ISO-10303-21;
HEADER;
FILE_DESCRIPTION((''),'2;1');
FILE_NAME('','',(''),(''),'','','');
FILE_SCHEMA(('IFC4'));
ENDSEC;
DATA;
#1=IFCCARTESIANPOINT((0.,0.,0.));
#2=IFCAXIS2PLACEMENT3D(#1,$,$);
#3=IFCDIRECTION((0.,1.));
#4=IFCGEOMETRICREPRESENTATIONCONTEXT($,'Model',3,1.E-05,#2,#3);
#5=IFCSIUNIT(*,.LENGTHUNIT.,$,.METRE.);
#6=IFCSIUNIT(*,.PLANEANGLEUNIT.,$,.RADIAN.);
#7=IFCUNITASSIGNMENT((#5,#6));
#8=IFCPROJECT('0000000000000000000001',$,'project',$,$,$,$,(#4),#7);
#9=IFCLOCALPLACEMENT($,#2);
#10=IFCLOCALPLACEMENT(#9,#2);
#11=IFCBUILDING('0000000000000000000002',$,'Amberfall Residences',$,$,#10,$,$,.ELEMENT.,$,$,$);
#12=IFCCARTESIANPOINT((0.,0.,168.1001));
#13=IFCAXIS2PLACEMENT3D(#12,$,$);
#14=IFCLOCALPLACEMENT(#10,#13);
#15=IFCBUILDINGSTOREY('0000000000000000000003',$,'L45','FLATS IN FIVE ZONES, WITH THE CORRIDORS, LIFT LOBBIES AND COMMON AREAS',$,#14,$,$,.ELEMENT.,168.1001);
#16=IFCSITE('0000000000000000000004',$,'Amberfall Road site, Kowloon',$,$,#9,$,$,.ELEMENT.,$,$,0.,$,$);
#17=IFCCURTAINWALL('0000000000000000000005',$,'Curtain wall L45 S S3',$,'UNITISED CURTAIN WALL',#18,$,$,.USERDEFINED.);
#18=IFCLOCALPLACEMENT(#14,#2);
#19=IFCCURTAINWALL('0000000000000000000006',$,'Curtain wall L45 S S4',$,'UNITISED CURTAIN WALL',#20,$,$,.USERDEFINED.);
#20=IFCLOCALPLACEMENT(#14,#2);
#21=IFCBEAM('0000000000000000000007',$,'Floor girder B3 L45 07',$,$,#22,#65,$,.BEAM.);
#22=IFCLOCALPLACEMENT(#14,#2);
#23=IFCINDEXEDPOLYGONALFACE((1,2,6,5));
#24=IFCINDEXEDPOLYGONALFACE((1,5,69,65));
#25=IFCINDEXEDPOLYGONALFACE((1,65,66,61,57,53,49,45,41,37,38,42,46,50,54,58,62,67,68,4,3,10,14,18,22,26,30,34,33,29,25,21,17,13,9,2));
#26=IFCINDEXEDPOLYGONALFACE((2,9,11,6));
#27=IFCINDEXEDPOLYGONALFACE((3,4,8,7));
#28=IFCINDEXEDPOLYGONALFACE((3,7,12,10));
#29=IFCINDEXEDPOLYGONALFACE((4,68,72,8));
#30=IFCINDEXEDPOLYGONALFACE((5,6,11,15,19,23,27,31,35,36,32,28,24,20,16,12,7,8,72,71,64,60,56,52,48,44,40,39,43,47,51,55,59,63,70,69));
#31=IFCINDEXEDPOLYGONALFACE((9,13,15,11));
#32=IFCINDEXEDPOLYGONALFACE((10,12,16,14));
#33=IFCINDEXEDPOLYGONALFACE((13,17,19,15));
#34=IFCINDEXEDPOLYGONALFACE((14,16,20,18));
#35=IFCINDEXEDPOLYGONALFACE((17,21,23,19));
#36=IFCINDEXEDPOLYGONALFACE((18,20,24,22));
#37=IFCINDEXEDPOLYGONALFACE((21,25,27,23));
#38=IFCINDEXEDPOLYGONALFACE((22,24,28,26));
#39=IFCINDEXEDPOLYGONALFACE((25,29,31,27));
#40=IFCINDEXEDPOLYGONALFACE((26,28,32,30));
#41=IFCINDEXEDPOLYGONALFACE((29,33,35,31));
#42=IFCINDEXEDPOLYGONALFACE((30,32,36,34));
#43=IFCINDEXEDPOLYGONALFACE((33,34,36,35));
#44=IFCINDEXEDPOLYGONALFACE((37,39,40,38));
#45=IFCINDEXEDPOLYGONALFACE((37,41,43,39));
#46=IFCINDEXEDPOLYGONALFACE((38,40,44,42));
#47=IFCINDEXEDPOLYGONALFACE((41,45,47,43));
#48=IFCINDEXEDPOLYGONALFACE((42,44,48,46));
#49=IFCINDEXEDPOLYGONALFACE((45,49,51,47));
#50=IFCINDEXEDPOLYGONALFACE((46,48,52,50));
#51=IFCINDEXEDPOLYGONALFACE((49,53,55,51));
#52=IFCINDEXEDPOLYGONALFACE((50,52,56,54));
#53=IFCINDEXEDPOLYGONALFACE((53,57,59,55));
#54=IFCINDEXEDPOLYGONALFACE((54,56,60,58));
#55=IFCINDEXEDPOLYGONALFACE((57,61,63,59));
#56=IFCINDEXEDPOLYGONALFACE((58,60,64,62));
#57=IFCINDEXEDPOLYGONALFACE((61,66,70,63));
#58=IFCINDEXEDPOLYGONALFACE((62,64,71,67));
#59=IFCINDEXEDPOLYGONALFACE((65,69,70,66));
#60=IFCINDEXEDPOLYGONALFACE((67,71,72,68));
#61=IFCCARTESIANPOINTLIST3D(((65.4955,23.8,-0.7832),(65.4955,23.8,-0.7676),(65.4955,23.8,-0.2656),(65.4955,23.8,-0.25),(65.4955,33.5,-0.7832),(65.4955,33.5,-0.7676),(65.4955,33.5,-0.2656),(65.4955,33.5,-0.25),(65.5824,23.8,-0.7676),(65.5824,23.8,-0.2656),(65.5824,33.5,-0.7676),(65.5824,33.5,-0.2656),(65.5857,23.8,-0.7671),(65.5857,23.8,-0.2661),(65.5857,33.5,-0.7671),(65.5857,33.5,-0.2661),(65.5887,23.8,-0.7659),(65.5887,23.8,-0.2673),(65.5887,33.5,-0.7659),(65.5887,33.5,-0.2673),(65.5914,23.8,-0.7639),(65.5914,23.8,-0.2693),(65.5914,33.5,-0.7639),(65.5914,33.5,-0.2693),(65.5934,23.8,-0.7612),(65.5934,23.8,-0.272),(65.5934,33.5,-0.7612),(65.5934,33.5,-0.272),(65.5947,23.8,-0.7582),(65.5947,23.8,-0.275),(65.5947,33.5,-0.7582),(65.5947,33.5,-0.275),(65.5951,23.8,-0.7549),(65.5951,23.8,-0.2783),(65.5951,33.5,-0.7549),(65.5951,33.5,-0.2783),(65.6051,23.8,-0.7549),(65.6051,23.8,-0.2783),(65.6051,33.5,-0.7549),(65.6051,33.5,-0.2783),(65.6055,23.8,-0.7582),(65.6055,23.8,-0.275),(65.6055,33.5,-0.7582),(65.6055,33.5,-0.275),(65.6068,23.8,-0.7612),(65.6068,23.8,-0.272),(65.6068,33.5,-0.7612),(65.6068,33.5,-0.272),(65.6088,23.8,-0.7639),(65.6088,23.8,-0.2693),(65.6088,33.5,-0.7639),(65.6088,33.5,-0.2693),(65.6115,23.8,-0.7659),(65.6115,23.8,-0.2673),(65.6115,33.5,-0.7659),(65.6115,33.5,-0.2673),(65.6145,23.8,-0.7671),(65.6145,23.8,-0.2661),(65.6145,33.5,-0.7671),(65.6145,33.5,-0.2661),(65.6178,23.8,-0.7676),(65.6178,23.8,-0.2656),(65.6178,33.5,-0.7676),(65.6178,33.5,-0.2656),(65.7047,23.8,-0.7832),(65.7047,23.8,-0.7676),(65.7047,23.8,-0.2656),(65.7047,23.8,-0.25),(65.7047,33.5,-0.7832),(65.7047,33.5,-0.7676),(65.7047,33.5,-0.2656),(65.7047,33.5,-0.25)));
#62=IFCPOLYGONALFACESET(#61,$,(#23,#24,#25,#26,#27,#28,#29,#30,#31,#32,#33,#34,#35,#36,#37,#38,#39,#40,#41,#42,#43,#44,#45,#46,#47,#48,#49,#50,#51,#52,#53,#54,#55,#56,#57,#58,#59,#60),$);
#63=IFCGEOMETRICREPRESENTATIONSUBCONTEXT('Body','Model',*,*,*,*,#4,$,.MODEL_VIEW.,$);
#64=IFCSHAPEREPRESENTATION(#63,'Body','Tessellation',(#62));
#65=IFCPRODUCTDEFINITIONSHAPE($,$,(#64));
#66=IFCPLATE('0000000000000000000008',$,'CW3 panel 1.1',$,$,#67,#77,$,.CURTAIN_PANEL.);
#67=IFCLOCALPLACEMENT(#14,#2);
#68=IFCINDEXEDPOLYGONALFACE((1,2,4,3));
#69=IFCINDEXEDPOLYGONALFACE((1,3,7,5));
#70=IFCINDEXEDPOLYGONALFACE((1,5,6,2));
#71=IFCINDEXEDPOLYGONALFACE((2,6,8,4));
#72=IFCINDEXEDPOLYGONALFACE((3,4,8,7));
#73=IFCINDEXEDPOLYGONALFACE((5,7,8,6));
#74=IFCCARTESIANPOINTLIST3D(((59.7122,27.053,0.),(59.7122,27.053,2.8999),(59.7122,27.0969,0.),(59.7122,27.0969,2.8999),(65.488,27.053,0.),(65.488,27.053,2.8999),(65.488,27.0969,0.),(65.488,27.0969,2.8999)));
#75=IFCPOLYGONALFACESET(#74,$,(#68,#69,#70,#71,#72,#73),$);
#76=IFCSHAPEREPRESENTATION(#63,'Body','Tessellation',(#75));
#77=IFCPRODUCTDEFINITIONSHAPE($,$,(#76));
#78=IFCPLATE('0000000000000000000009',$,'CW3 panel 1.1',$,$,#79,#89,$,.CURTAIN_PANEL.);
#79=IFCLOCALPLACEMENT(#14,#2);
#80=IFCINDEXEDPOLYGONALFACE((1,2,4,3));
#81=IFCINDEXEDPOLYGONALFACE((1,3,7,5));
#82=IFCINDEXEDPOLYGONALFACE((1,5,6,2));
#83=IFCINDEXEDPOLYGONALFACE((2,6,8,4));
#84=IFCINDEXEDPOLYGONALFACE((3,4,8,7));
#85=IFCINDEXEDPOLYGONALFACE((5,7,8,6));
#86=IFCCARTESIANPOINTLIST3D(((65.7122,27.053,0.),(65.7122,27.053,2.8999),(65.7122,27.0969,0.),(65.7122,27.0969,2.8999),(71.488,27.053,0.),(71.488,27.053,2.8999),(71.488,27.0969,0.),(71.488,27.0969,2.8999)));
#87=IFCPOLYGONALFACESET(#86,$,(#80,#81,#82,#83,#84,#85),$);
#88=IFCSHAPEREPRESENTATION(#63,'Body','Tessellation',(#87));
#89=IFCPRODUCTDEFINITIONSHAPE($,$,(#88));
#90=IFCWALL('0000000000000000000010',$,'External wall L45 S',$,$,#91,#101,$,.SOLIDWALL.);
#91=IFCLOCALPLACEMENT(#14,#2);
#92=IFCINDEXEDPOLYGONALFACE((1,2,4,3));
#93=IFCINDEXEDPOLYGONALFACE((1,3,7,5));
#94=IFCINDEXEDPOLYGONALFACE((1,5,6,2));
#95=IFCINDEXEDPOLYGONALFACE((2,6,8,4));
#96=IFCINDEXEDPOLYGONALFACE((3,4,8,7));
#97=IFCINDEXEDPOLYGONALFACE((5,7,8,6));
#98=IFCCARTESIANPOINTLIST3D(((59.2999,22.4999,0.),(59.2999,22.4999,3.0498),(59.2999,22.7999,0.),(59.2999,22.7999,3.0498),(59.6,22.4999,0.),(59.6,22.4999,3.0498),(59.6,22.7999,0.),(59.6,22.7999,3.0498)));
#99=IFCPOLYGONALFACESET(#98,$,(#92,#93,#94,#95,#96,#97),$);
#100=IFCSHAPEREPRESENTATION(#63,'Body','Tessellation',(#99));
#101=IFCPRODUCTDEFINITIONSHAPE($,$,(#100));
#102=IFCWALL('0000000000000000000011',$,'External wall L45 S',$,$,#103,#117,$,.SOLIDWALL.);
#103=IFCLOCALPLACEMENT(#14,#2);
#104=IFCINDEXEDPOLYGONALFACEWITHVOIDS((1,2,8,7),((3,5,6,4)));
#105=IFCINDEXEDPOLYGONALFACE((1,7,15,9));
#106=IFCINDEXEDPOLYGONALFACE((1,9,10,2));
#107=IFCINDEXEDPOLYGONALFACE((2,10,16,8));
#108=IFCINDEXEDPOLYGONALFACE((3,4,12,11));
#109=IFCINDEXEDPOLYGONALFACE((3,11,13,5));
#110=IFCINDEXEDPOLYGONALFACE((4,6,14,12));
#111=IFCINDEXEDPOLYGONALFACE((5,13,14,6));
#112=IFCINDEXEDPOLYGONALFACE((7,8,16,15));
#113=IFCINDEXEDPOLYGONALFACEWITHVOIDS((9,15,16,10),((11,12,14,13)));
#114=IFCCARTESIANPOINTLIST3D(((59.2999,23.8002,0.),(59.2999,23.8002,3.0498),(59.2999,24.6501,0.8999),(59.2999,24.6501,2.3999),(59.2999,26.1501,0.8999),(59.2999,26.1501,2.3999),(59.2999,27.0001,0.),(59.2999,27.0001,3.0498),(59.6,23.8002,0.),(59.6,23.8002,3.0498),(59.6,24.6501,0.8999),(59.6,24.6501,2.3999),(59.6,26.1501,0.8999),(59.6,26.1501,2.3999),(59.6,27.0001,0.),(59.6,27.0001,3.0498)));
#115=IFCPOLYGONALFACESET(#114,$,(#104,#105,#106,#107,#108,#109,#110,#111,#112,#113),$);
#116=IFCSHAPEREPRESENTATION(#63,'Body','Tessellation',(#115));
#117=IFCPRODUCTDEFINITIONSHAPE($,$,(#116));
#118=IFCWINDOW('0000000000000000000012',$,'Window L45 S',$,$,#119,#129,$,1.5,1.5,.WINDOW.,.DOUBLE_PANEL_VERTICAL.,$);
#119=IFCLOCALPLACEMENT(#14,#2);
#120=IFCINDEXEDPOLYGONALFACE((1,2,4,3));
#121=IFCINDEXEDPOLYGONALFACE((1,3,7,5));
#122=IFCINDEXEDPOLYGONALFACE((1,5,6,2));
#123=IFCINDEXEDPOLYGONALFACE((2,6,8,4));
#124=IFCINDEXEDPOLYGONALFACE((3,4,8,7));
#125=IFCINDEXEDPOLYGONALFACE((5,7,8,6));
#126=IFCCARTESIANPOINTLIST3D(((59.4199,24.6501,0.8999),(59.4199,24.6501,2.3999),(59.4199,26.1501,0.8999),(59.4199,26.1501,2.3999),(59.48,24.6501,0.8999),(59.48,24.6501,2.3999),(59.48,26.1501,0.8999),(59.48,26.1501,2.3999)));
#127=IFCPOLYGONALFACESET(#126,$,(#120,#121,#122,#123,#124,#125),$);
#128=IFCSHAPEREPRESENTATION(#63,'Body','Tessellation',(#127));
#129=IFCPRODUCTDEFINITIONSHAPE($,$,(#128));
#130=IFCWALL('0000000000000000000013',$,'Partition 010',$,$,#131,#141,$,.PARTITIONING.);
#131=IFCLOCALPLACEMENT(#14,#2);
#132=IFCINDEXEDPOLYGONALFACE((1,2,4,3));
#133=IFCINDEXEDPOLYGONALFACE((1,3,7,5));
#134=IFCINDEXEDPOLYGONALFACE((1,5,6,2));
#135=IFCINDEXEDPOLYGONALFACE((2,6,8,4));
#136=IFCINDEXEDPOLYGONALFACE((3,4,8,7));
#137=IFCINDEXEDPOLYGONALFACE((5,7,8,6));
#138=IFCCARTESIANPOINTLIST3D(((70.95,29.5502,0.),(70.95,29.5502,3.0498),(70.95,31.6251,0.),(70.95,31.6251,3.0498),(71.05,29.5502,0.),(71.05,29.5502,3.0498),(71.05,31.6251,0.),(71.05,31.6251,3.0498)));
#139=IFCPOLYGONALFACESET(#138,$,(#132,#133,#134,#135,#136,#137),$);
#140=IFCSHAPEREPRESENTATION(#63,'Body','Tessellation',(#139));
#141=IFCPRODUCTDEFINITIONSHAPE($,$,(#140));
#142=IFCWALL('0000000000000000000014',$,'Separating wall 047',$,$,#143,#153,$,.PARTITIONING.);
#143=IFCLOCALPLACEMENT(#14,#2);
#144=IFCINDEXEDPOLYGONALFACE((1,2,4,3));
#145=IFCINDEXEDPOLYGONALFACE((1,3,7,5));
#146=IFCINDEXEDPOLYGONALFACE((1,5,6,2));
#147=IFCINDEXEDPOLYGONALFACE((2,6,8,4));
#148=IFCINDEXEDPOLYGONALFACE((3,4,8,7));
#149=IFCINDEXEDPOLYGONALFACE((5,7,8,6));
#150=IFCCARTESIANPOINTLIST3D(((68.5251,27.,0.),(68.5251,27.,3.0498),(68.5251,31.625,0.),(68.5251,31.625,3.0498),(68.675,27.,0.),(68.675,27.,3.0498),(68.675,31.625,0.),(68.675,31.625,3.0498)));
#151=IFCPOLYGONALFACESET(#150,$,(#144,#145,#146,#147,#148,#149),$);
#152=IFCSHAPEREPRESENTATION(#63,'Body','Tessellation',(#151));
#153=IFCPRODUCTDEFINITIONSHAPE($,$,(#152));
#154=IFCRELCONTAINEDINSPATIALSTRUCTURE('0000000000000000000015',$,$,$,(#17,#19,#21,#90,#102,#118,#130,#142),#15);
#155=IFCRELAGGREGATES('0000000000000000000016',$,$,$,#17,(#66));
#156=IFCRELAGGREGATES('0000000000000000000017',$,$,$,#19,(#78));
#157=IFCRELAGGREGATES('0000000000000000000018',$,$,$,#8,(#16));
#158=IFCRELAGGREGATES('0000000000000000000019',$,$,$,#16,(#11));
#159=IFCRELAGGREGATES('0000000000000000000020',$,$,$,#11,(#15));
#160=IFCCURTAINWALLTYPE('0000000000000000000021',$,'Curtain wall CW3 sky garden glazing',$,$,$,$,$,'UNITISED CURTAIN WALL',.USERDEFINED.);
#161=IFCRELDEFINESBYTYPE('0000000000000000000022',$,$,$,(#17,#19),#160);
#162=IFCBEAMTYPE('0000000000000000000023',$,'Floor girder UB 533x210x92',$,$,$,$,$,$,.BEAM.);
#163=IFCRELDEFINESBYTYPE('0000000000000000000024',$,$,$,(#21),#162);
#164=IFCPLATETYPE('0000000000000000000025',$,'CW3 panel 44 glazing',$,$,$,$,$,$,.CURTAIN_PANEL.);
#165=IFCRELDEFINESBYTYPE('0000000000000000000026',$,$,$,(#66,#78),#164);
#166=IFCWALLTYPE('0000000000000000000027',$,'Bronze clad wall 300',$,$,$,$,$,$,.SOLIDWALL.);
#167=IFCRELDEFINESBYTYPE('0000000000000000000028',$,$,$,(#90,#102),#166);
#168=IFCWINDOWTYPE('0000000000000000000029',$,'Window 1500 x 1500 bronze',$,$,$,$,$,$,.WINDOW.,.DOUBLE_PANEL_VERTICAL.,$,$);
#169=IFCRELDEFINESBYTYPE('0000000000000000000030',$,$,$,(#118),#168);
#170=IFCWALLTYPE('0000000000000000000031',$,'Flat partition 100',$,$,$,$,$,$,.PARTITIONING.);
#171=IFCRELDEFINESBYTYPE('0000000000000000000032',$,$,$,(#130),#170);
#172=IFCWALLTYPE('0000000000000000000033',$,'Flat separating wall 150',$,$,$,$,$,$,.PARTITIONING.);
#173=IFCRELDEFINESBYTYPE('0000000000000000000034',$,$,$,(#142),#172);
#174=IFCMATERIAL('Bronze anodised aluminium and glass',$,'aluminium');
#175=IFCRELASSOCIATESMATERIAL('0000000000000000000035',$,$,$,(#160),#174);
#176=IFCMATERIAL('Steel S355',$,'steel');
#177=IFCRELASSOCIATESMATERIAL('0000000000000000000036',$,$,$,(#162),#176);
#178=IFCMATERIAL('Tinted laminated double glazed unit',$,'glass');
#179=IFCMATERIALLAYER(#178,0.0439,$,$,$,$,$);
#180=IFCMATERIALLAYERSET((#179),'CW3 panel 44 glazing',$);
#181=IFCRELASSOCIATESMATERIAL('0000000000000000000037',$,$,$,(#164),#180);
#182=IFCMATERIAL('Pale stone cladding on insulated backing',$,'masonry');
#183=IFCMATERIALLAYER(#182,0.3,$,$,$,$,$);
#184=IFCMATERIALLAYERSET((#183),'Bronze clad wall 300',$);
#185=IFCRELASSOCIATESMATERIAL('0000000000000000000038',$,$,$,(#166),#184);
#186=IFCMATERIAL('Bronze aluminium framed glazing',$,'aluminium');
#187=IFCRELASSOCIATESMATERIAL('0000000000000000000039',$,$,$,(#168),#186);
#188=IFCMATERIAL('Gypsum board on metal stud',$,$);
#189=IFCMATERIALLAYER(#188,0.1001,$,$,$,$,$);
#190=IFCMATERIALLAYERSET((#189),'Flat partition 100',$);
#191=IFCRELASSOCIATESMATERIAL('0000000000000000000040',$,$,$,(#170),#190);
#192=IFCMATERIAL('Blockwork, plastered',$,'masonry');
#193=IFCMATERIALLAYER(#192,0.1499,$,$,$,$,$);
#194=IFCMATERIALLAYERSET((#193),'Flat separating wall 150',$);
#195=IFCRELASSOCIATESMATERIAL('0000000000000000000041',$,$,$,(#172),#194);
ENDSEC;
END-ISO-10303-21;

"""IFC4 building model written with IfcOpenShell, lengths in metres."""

from ifc_helpers import new_model, si_unit, direction, frame, frame_2d, origin, origin_2d, place, context, subcontext, project, spatial, rectangle, i_section, extrude, material, layer, layer_set, material_profile, profile_set, type_object, element, fill, aggregate, save


model = new_model("IFC4")

# Units and contexts
model_context = context("Model", 3, precision=1e-05, world=origin(), true_north=direction((0.0, 1.0)))
body_context = subcontext(model_context, "Body", "Model", "MODEL_VIEW")
ifc_project = project(units=[si_unit("LENGTHUNIT", "METRE"), si_unit("PLANEANGLEUNIT", "RADIAN")], contexts=[model_context])

# Site, building, storey
site_placement = place(None, origin())
site = spatial("IfcSite", under=ifc_project, at=site_placement, Name="Amberfall Road site, Kowloon", CompositionType="ELEMENT", RefElevation=0.0)
building_placement = place(site_placement, origin())
building = spatial("IfcBuilding", under=site, at=building_placement, Name="Amberfall Residences", CompositionType="ELEMENT")
storey_placement = place(building_placement, frame((0.0, 0.0, 168.1001)))
storey = spatial("IfcBuildingStorey", under=building, at=storey_placement, Name="L45", Description="FLATS IN FIVE ZONES, WITH THE CORRIDORS, LIFT LOBBIES AND COMMON AREAS", CompositionType="ELEMENT", Elevation=168.1001)

# Curtain walls
ifc_material_1 = material(Name="Bronze anodised aluminium and glass", Category="aluminium")
curtain_wall_type_1 = type_object("IfcCurtainWallType", Name="Curtain wall CW3 sky garden glazing", ElementType="UNITISED CURTAIN WALL", PredefinedType="USERDEFINED", material=ifc_material_1)
curtain_wall_1_placement = place(storey_placement, origin())
curtain_wall_1 = element("IfcCurtainWall", 1, at=curtain_wall_1_placement, inside=storey, type_object=curtain_wall_type_1, Name="Curtain wall L45 S S3", ObjectType="UNITISED CURTAIN WALL", PredefinedType="USERDEFINED")
curtain_wall_2_placement = place(storey_placement, origin())
curtain_wall_2 = element("IfcCurtainWall", 2, at=curtain_wall_2_placement, inside=storey, type_object=curtain_wall_type_1, Name="Curtain wall L45 S S4", ObjectType="UNITISED CURTAIN WALL", PredefinedType="USERDEFINED")

# Shared definitions
ifc_material_2 = material(Name="Steel S355", Category="steel")

# Beam
ifc_material_profile_1 = material_profile(ifc_material_2, i_section(OverallWidth=0.2092, OverallDepth=0.5332, WebThickness=0.01, FlangeThickness=0.0156, FilletRadius=0.0127, at=origin_2d()), Name="UB 533x210x92")
ifc_profile_set_1 = profile_set([ifc_material_profile_1], Name="Steel S355")
beam_type_1 = type_object("IfcBeamType", Name="Floor girder UB 533x210x92", PredefinedType="BEAM", material=ifc_profile_set_1)
beam_1_placement = place(storey_placement, frame((65.6001, 23.8, -0.5166), z_axis=(0.0, 1.0, 0.0), x_axis=(-1.0, 0.0, 0.0)))
element("IfcBeam", 3, at=beam_1_placement, inside=storey, type_object=beam_type_1, Name="Floor girder B3 L45 07", PredefinedType="BEAM", context=body_context, shape_type="SweptSolid", body=[
    extrude(i_section(OverallWidth=0.2092, OverallDepth=0.5332, WebThickness=0.01, FlangeThickness=0.0156, FilletRadius=0.0127, at=origin_2d()), origin(), (0.0, 0.0, 1.0), 9.7),
])

# Plates
ifc_material_3 = material(Name="Tinted laminated double glazed unit", Category="glass")
ifc_layer_1 = layer(ifc_material_3, 0.0439)
ifc_layer_set_1 = layer_set([ifc_layer_1], Name="CW3 panel 44 glazing")
plate_type = type_object("IfcPlateType", Name="CW3 panel 44 glazing", PredefinedType="CURTAIN_PANEL", material=ifc_layer_set_1)
plate_1_placement = place(storey_placement, frame((62.6001, 27.075, 0.0), z_axis=(0.0, 0.0, 1.0), x_axis=(1.0, 0.0, 0.0)))
plate_1 = element("IfcPlate", 4, at=plate_1_placement, type_object=plate_type, Name="CW3 panel 1.1", PredefinedType="CURTAIN_PANEL", context=body_context, shape_type="SweptSolid", body=[
    extrude(rectangle(XDim=5.7759, YDim=0.0439, at=origin_2d()), origin(), (0.0, 0.0, 1.0), 2.8999),
])
aggregate(curtain_wall_1, [plate_1])
plate_2_placement = place(storey_placement, frame((68.6001, 27.075, 0.0), z_axis=(0.0, 0.0, 1.0), x_axis=(1.0, 0.0, 0.0)))
plate_2 = element("IfcPlate", 5, at=plate_2_placement, type_object=plate_type, Name="CW3 panel 1.1", PredefinedType="CURTAIN_PANEL", context=body_context, shape_type="SweptSolid", body=[
    extrude(rectangle(XDim=5.7759, YDim=0.0439, at=origin_2d()), origin(), (0.0, 0.0, 1.0), 2.8999),
])
aggregate(curtain_wall_2, [plate_2])

# Wall
ifc_material_4 = material(Name="Pale stone cladding on insulated backing", Category="masonry")
ifc_layer_2 = layer(ifc_material_4, 0.3)
ifc_layer_set_2 = layer_set([ifc_layer_2], Name="Bronze clad wall 300")
wall_type_1 = type_object("IfcWallType", Name="Bronze clad wall 300", PredefinedType="SOLIDWALL", material=ifc_layer_set_2)
wall_1_placement = place(storey_placement, frame((59.45, 22.5, 0.0), z_axis=(0.0, 0.0, 1.0), x_axis=(0.0, 1.0, 0.0)))
element("IfcWall", 6, at=wall_1_placement, inside=storey, type_object=wall_type_1, Name="External wall L45 S", PredefinedType="SOLIDWALL", context=body_context, shape_type="SweptSolid", body=[
    extrude(rectangle(XDim=0.3, YDim=0.3, at=frame_2d((0.1499, 0.0))), origin(), (0.0, 0.0, 1.0), 3.0498),
])

# Wall, opening, window
wall_2_placement = place(storey_placement, frame((59.45, 23.8, 0.0), z_axis=(0.0, 0.0, 1.0), x_axis=(0.0, 1.0, 0.0)))
wall_2 = element("IfcWall", 7, at=wall_2_placement, inside=storey, type_object=wall_type_1, Name="External wall L45 S", PredefinedType="SOLIDWALL", context=body_context, shape_type="SweptSolid", body=[
    extrude(rectangle(XDim=3.2, YDim=0.3, at=frame_2d((1.6001, 0.0))), origin(), (0.0, 0.0, 1.0), 3.0498),
])
opening_placement = place(wall_2_placement, frame((0.8501, 0.0, 0.8999)))
opening = element("IfcOpeningElement", 8, at=opening_placement, cuts=wall_2, PredefinedType="OPENING", context=body_context, shape_type="SweptSolid", body=[
    extrude(rectangle(XDim=1.5, YDim=1.5, at=frame_2d((0.75, 0.75))), frame((0.0, 0.1599, 0.0), z_axis=(0.0, -1.0, 0.0), x_axis=(1.0, 0.0, 0.0)), (0.0, 0.0, 1.0), 0.3201),
])
ifc_material_5 = material(Name="Bronze aluminium framed glazing", Category="aluminium")
window_type = type_object("IfcWindowType", Name="Window 1500 x 1500 bronze", PartitioningType="DOUBLE_PANEL_VERTICAL", PredefinedType="WINDOW", material=ifc_material_5)
window_placement = place(opening_placement, origin())
window = element("IfcWindow", 9, at=window_placement, inside=storey, type_object=window_type, Name="Window L45 S", OverallHeight=1.5, OverallWidth=1.5, PartitioningType="DOUBLE_PANEL_VERTICAL", PredefinedType="WINDOW", context=body_context, shape_type="SweptSolid", body=[
    extrude(rectangle(XDim=1.5, YDim=1.5, at=frame_2d((0.75, 0.75))), frame((0.0, 0.03, 0.0), z_axis=(0.0, -1.0, 0.0), x_axis=(1.0, 0.0, 0.0)), (0.0, 0.0, 1.0), 0.0601),
])
fill(opening, window)

# Walls
ifc_material_6 = material(Name="Gypsum board on metal stud")
ifc_layer_3 = layer(ifc_material_6, 0.1001)
ifc_layer_set_3 = layer_set([ifc_layer_3], Name="Flat partition 100")
wall_type_2 = type_object("IfcWallType", Name="Flat partition 100", PredefinedType="PARTITIONING", material=ifc_layer_set_3)
wall_3_placement = place(storey_placement, frame((71.0, 29.55, 0.0), z_axis=(0.0, 0.0, 1.0), x_axis=(0.0, 1.0, 0.0)))
element("IfcWall", 10, at=wall_3_placement, inside=storey, type_object=wall_type_2, Name="Partition 010", PredefinedType="PARTITIONING", context=body_context, shape_type="SweptSolid", body=[
    extrude(rectangle(XDim=2.075, YDim=0.1001, at=frame_2d((1.0376, 0.0))), origin(), (0.0, 0.0, 1.0), 3.0498),
])
ifc_material_7 = material(Name="Blockwork, plastered", Category="masonry")
ifc_layer_4 = layer(ifc_material_7, 0.1499)
ifc_layer_set_4 = layer_set([ifc_layer_4], Name="Flat separating wall 150")
wall_type_3 = type_object("IfcWallType", Name="Flat separating wall 150", PredefinedType="PARTITIONING", material=ifc_layer_set_4)
wall_4_placement = place(storey_placement, frame((68.6001, 27.0, 0.0), z_axis=(0.0, 0.0, 1.0), x_axis=(0.0, 1.0, 0.0)))
element("IfcWall", 11, at=wall_4_placement, inside=storey, type_object=wall_type_3, Name="Separating wall 047", PredefinedType="PARTITIONING", context=body_context, shape_type="SweptSolid", body=[
    extrude(rectangle(XDim=4.625, YDim=0.1499, at=frame_2d((2.3125, 0.0))), origin(), (0.0, 0.0, 1.0), 3.0498),
])

save(model, "model.ifc")
